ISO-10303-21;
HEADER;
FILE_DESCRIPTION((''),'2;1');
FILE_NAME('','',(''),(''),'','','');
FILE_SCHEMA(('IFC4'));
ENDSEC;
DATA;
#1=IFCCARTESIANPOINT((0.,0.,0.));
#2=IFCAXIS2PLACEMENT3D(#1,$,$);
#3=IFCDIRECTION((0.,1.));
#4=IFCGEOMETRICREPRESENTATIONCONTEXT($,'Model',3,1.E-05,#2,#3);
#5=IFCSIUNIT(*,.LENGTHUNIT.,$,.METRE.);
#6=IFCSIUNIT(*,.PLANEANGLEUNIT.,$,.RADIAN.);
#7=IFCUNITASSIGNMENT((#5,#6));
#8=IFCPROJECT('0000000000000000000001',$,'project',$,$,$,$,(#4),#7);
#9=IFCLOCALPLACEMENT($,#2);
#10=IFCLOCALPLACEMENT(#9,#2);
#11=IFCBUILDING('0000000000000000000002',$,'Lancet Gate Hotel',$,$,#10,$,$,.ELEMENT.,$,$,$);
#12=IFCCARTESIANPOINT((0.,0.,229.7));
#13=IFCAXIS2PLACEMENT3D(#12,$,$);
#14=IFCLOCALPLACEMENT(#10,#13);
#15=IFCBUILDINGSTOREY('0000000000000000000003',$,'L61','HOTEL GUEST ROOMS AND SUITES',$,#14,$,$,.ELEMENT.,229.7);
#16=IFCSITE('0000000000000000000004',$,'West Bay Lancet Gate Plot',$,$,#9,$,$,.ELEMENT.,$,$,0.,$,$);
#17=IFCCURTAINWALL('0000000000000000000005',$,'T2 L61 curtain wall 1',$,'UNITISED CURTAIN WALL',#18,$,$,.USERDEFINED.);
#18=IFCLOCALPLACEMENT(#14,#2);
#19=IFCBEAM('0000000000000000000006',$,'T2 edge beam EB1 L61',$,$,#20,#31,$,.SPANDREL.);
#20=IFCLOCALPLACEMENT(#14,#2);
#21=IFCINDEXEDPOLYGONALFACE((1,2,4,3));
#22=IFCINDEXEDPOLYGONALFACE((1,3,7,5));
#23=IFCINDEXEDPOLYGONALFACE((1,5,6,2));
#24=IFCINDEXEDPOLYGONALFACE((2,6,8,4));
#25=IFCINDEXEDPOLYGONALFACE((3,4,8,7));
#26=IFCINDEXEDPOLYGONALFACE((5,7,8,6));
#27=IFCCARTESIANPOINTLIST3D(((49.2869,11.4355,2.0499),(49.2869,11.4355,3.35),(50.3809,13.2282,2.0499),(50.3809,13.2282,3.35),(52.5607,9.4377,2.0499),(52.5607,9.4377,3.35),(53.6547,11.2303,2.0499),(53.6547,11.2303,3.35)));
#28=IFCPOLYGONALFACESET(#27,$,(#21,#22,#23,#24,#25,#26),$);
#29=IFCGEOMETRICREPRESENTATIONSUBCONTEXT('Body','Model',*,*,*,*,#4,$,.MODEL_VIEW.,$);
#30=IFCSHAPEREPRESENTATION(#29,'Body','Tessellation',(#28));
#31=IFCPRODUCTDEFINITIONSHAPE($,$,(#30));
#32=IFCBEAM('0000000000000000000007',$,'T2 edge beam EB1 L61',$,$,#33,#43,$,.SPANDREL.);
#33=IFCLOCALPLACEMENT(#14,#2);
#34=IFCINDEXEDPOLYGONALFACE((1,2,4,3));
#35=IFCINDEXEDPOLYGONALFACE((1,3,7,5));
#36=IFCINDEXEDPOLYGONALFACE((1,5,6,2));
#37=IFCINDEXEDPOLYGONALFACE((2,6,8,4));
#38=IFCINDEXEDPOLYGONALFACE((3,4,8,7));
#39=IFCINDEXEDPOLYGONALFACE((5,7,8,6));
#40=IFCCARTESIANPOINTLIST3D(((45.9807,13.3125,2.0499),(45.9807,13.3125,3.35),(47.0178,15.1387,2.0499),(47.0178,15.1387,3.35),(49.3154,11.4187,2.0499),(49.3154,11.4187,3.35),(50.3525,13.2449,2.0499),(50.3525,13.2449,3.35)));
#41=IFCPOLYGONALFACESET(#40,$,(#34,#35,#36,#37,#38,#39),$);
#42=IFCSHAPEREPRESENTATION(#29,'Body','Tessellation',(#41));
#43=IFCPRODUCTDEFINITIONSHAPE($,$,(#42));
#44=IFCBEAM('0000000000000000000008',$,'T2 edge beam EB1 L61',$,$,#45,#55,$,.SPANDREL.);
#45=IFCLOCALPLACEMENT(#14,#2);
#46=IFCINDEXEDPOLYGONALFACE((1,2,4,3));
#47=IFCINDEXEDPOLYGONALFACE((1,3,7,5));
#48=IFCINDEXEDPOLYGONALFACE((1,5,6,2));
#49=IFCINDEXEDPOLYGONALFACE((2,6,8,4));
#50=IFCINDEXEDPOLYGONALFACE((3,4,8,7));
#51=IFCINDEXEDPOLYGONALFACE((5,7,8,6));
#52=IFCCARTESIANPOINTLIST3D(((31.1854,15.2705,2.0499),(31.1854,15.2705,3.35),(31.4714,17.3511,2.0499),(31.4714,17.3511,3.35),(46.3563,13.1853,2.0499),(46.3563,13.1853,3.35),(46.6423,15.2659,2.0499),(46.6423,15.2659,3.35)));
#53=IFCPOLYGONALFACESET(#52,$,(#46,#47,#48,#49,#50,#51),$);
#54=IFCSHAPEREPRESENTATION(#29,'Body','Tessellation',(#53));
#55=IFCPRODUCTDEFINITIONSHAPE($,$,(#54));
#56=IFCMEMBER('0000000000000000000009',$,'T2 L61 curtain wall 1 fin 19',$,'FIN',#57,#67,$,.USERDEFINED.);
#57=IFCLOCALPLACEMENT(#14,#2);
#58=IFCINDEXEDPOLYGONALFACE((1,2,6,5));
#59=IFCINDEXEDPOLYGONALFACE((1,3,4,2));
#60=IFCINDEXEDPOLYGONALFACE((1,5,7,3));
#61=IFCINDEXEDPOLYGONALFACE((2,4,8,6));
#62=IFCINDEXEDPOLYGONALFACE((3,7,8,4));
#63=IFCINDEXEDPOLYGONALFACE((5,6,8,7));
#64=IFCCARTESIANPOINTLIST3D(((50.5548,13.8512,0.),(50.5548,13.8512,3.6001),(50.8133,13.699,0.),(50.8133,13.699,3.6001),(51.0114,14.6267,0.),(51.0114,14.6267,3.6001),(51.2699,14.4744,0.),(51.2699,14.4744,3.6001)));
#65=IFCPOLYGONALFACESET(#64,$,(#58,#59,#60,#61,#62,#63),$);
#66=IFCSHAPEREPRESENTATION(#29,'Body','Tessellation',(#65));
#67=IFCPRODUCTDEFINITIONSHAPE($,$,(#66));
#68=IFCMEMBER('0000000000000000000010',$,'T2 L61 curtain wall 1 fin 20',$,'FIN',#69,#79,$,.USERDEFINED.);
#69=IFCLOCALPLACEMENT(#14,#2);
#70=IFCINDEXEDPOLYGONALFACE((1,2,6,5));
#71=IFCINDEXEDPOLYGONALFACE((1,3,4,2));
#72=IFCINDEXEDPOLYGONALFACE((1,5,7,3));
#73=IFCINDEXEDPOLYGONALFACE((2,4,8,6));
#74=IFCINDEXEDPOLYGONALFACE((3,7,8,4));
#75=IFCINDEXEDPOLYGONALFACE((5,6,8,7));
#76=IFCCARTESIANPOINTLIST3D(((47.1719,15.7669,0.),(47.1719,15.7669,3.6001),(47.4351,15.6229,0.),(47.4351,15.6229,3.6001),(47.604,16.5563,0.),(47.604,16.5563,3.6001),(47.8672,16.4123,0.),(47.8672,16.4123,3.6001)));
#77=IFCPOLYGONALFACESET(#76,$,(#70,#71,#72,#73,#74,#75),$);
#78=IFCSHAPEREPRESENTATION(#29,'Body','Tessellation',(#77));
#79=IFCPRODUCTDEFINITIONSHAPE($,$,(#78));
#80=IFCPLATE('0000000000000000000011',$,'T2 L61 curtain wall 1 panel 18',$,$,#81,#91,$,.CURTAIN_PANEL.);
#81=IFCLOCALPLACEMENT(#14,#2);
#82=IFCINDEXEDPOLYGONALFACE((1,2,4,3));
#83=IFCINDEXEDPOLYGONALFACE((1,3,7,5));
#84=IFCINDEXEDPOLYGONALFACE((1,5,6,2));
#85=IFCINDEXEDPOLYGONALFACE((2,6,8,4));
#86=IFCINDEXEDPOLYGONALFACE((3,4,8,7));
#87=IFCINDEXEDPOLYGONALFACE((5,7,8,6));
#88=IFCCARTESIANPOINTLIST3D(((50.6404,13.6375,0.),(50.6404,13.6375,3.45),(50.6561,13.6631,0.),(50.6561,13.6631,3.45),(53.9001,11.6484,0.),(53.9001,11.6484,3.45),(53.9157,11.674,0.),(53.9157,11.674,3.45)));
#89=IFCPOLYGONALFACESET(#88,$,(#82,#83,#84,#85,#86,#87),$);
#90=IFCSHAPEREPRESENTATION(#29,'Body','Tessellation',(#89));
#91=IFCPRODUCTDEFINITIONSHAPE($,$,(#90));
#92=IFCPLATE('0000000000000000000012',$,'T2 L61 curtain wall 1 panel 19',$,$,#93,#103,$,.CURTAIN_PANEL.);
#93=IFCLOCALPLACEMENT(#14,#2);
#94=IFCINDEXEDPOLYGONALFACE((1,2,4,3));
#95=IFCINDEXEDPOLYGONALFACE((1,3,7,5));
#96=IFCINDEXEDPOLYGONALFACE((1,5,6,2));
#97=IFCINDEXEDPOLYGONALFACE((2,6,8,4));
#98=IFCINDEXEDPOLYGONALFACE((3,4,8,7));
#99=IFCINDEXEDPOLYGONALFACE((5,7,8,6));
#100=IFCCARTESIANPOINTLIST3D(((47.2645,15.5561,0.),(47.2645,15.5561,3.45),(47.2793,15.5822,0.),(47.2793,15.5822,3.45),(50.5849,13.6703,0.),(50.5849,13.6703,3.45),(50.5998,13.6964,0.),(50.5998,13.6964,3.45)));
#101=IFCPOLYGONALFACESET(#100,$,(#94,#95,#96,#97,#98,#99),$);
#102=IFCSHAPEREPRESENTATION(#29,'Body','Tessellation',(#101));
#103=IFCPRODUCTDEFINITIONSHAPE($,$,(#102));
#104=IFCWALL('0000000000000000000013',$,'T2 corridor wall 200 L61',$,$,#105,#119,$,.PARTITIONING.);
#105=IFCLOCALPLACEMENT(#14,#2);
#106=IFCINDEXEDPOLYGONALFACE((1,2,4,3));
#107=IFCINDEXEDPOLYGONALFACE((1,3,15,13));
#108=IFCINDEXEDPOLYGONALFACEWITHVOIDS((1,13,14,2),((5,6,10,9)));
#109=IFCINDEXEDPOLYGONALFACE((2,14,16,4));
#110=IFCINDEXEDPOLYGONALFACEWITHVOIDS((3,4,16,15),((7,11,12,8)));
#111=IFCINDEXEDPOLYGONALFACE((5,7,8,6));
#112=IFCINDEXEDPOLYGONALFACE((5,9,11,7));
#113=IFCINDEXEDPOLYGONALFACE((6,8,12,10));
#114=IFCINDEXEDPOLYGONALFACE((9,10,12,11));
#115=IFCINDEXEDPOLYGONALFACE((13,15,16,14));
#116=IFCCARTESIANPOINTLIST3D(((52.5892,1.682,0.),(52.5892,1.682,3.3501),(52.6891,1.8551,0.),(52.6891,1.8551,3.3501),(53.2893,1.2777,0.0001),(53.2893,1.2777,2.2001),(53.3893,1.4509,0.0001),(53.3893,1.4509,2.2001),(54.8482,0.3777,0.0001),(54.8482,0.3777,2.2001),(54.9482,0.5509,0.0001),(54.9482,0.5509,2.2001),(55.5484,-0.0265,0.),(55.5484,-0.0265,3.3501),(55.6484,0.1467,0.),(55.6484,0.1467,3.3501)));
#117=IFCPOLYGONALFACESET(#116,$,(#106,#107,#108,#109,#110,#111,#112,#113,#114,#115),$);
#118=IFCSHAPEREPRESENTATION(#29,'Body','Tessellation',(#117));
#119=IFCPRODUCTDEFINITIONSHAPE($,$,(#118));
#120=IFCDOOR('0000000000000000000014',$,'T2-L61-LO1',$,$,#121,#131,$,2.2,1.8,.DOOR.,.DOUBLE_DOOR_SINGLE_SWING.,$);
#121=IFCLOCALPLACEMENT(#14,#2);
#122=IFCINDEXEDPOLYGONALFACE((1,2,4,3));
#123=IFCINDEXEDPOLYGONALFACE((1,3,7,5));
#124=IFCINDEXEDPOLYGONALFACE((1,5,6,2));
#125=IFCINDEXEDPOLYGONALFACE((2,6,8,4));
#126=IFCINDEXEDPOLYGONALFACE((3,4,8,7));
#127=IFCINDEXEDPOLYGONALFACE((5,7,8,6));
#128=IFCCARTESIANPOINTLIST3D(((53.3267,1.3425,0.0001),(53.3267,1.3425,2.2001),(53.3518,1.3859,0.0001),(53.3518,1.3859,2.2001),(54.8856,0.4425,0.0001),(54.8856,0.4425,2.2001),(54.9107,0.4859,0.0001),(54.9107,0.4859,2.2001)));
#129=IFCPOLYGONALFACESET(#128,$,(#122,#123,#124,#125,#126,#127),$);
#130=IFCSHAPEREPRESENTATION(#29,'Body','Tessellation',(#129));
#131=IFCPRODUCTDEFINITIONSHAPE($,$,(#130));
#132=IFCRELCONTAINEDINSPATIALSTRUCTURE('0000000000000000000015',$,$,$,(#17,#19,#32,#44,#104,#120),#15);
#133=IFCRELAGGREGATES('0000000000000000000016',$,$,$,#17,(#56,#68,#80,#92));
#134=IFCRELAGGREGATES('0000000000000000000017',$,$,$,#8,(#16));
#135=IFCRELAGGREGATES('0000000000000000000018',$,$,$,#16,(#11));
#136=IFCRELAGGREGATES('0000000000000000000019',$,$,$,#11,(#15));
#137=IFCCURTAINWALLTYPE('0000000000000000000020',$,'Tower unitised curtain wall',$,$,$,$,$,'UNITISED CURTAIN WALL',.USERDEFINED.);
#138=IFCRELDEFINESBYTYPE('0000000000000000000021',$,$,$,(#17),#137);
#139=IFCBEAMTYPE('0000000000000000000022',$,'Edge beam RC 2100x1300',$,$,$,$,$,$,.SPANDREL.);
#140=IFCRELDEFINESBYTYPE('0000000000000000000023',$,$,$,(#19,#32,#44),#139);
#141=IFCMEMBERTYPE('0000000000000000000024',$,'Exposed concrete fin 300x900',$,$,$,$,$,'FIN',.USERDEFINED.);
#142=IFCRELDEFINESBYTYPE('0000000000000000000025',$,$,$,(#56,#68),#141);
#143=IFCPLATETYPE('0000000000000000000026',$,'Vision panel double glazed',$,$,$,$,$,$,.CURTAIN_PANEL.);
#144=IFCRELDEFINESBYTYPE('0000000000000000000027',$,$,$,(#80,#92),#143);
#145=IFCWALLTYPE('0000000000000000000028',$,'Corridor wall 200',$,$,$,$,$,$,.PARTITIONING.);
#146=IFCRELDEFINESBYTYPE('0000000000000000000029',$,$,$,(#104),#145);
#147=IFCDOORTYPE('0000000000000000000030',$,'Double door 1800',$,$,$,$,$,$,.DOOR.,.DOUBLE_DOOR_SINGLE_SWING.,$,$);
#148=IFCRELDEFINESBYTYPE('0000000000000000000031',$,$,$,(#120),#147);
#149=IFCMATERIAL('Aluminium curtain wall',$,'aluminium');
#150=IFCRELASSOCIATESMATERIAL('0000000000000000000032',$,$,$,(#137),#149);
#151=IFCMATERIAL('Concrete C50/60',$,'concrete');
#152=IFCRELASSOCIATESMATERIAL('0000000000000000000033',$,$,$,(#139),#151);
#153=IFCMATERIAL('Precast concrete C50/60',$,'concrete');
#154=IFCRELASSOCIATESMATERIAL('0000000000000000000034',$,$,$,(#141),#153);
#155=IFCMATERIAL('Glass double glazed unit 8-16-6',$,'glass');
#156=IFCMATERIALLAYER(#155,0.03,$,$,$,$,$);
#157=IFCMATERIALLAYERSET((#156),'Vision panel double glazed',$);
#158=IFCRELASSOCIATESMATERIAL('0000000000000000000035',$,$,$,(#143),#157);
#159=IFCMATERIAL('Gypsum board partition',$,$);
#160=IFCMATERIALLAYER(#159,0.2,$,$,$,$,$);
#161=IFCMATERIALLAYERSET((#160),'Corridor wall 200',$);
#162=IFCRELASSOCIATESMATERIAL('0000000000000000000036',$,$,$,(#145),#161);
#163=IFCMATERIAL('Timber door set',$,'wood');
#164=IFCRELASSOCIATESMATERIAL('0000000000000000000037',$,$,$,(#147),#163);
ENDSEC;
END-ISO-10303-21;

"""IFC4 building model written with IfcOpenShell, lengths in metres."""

from ifc_helpers import new_model, si_unit, direction, frame, frame_2d, origin, origin_2d, place, context, subcontext, project, spatial, rectangle, extrude, material, layer, layer_set, material_profile, profile_set, type_object, element, fill, aggregate, save


model = new_model("IFC4")

# Units and contexts
model_context = context("Model", 3, precision=1e-05, world=origin(), true_north=direction((0.0, 1.0)))
body_context = subcontext(model_context, "Body", "Model", "MODEL_VIEW")
ifc_project = project(units=[si_unit("LENGTHUNIT", "METRE"), si_unit("PLANEANGLEUNIT", "RADIAN")], contexts=[model_context])

# Site, building, storey
site_placement = place(None, origin())
site = spatial("IfcSite", under=ifc_project, at=site_placement, Name="West Bay Lancet Gate Plot", CompositionType="ELEMENT", RefElevation=0.0)
building_placement = place(site_placement, origin())
building = spatial("IfcBuilding", under=site, at=building_placement, Name="Lancet Gate Hotel", CompositionType="ELEMENT")
storey_placement = place(building_placement, frame((0.0, 0.0, 229.7)))
storey = spatial("IfcBuildingStorey", under=building, at=storey_placement, Name="L61", Description="HOTEL GUEST ROOMS AND SUITES", CompositionType="ELEMENT", Elevation=229.7)

# Curtain wall
ifc_material_1 = material(Name="Aluminium curtain wall", Category="aluminium")
curtain_wall_type = type_object("IfcCurtainWallType", Name="Tower unitised curtain wall", ElementType="UNITISED CURTAIN WALL", PredefinedType="USERDEFINED", material=ifc_material_1)
curtain_wall_placement = place(storey_placement, origin())
curtain_wall = element("IfcCurtainWall", 1, at=curtain_wall_placement, inside=storey, type_object=curtain_wall_type, Name="T2 L61 curtain wall 1", ObjectType="UNITISED CURTAIN WALL", PredefinedType="USERDEFINED")

# Beams
ifc_material_2 = material(Name="Concrete C50/60", Category="concrete")
ifc_material_profile_1 = material_profile(ifc_material_2, rectangle(XDim=2.1001, YDim=1.3, at=origin_2d()), Name="RC 2100x1300")
ifc_profile_set_1 = profile_set([ifc_material_profile_1], Name="Concrete C50/60")
beam_type = type_object("IfcBeamType", Name="Edge beam RC 2100x1300", PredefinedType="SPANDREL", material=ifc_profile_set_1)
beam_1_placement = place(storey_placement, frame((53.1077, 10.334, 2.7), z_axis=(-0.853604, 0.520922, 0.0), x_axis=(-0.520922, -0.853604, 0.0)))
element("IfcBeam", 2, at=beam_1_placement, inside=storey, type_object=beam_type, Name="T2 edge beam EB1 L61", PredefinedType="SPANDREL", context=body_context, shape_type="SweptSolid", body=[
    extrude(rectangle(XDim=2.1001, YDim=1.3, at=origin_2d()), origin(), (0.0, 0.0, 1.0), 3.8352),
])
beam_2_placement = place(storey_placement, frame((49.834, 12.3318, 2.7), z_axis=(-0.86956, 0.493827, 0.0), x_axis=(-0.493827, -0.86956, 0.0)))
element("IfcBeam", 3, at=beam_2_placement, inside=storey, type_object=beam_type, Name="T2 edge beam EB1 L61", PredefinedType="SPANDREL", context=body_context, shape_type="SweptSolid", body=[
    extrude(rectangle(XDim=2.1001, YDim=1.3, at=origin_2d()), origin(), (0.0, 0.0, 1.0), 3.835),
])
beam_3_placement = place(storey_placement, frame((46.4993, 14.2256, 2.7), z_axis=(-0.990686, 0.136167, 0.0), x_axis=(-0.136167, -0.990686, 0.0)))
element("IfcBeam", 4, at=beam_3_placement, inside=storey, type_object=beam_type, Name="T2 edge beam EB1 L61", PredefinedType="SPANDREL", context=body_context, shape_type="SweptSolid", body=[
    extrude(rectangle(XDim=2.1001, YDim=1.3, at=origin_2d()), origin(), (0.0, 0.0, 1.0), 15.3135),
])

# Members
ifc_material_3 = material(Name="Precast concrete C50/60", Category="concrete")
ifc_material_profile_2 = material_profile(ifc_material_3, rectangle(XDim=0.3, YDim=0.8999, at=origin_2d()), Name="FIN 300x900")
ifc_profile_set_2 = profile_set([ifc_material_profile_2], Name="Precast concrete C50/60")
member_type_1 = type_object("IfcMemberType", Name="Exposed concrete fin 300x900", ElementType="FIN", PredefinedType="USERDEFINED", material=ifc_profile_set_2)
member_1_placement = place(storey_placement, frame((50.9124, 14.1628, 0.0), z_axis=(0.0, 0.0, 1.0), x_axis=(-0.861692, 0.507432, 0.0)))
member_1 = element("IfcMember", 5, at=member_1_placement, type_object=member_type_1, Name="T2 L61 curtain wall 1 fin 19", ObjectType="FIN", PredefinedType="USERDEFINED", context=body_context, shape_type="SweptSolid", body=[
    extrude(rectangle(XDim=0.3, YDim=0.8999, at=origin_2d()), origin(), (0.0, 0.0, 1.0), 3.6001),
])
member_2_placement = place(storey_placement, frame((47.5195, 16.0896, 0.0), z_axis=(0.0, 0.0, 1.0), x_axis=(-0.877195, 0.480135, 0.0)))
member_2 = element("IfcMember", 6, at=member_2_placement, type_object=member_type_1, Name="T2 L61 curtain wall 1 fin 20", ObjectType="FIN", PredefinedType="USERDEFINED", context=body_context, shape_type="SweptSolid", body=[
    extrude(rectangle(XDim=0.3, YDim=0.8999, at=origin_2d()), origin(), (0.0, 0.0, 1.0), 3.6001),
])

# Plates
ifc_material_4 = material(Name="Glass double glazed unit 8-16-6", Category="glass")
ifc_layer_1 = layer(ifc_material_4, 0.03)
ifc_layer_set_1 = layer_set([ifc_layer_1], Name="Vision panel double glazed")
plate_type = type_object("IfcPlateType", Name="Vision panel double glazed", PredefinedType="CURTAIN_PANEL", material=ifc_layer_set_1)
plate_1_placement = place(storey_placement, frame((52.2781, 12.6558, 0.0), z_axis=(0.0, 0.0, 1.0), x_axis=(-0.853621, 0.520895, 0.0)))
plate_1 = element("IfcPlate", 7, at=plate_1_placement, type_object=plate_type, Name="T2 L61 curtain wall 1 panel 18", PredefinedType="CURTAIN_PANEL", context=body_context, shape_type="SweptSolid", body=[
    extrude(rectangle(XDim=3.8186, YDim=0.03, at=origin_2d()), origin(), (0.0, 0.0, 1.0), 3.45),
])
plate_2_placement = place(storey_placement, frame((48.9321, 14.6262, 0.0), z_axis=(0.0, 0.0, 1.0), x_axis=(-0.86955, 0.493844, 0.0)))
plate_2 = element("IfcPlate", 8, at=plate_2_placement, type_object=plate_type, Name="T2 L61 curtain wall 1 panel 19", PredefinedType="CURTAIN_PANEL", context=body_context, shape_type="SweptSolid", body=[
    extrude(rectangle(XDim=3.8186, YDim=0.03, at=origin_2d()), origin(), (0.0, 0.0, 1.0), 3.45),
])
aggregate(curtain_wall, [member_1, member_2, plate_1, plate_2])

# Wall, opening, door
ifc_material_5 = material(Name="Gypsum board partition")
ifc_layer_2 = layer(ifc_material_5, 0.2)
ifc_layer_set_2 = layer_set([ifc_layer_2], Name="Corridor wall 200")
wall_type_1 = type_object("IfcWallType", Name="Corridor wall 200", PredefinedType="PARTITIONING", material=ifc_layer_set_2)
wall_1_placement = place(storey_placement, frame((52.6392, 1.7686, 0.0), z_axis=(0.0, 0.0, 1.0), x_axis=(0.866027, -0.499997, 0.0)))
wall_1 = element("IfcWall", 9, at=wall_1_placement, inside=storey, type_object=wall_type_1, Name="T2 corridor wall 200 L61", PredefinedType="PARTITIONING", context=body_context, shape_type="SweptSolid", body=[
    extrude(rectangle(XDim=3.417, YDim=0.2, at=frame_2d((1.7085, 0.0))), origin(), (0.0, 0.0, 1.0), 3.3501),
])
opening_1_placement = place(wall_1_placement, frame((0.8086, 0.0, 0.0)))
opening_1 = element("IfcOpeningElement", 10, at=opening_1_placement, cuts=wall_1, PredefinedType="OPENING", context=body_context, shape_type="SweptSolid", body=[
    extrude(rectangle(XDim=1.8, YDim=2.2, at=frame_2d((0.8999, 1.1001))), frame((0.0, 0.1099, 0.0), z_axis=(0.0, -1.0, 0.0), x_axis=(1.0, 0.0, 0.0)), (0.0, 0.0, 1.0), 0.22),
])
ifc_material_6 = material(Name="Timber door set", Category="wood")
door_type_1 = type_object("IfcDoorType", Name="Double door 1800", OperationType="DOUBLE_DOOR_SINGLE_SWING", PredefinedType="DOOR", material=ifc_material_6)
door_1_placement = place(opening_1_placement, origin())
door_1 = element("IfcDoor", 11, at=door_1_placement, inside=storey, type_object=door_type_1, Name="T2-L61-LO1", OperationType="DOUBLE_DOOR_SINGLE_SWING", OverallHeight=2.2, OverallWidth=1.8, PredefinedType="DOOR", context=body_context, shape_type="SweptSolid", body=[
    extrude(rectangle(XDim=1.8, YDim=2.2, at=frame_2d((0.8999, 1.1001))), frame((0.0, 0.0249, 0.0), z_axis=(0.0, -1.0, 0.0), x_axis=(1.0, 0.0, 0.0)), (0.0, 0.0, 1.0), 0.05),
])
fill(opening_1, door_1)

save(model, "model.ifc")
